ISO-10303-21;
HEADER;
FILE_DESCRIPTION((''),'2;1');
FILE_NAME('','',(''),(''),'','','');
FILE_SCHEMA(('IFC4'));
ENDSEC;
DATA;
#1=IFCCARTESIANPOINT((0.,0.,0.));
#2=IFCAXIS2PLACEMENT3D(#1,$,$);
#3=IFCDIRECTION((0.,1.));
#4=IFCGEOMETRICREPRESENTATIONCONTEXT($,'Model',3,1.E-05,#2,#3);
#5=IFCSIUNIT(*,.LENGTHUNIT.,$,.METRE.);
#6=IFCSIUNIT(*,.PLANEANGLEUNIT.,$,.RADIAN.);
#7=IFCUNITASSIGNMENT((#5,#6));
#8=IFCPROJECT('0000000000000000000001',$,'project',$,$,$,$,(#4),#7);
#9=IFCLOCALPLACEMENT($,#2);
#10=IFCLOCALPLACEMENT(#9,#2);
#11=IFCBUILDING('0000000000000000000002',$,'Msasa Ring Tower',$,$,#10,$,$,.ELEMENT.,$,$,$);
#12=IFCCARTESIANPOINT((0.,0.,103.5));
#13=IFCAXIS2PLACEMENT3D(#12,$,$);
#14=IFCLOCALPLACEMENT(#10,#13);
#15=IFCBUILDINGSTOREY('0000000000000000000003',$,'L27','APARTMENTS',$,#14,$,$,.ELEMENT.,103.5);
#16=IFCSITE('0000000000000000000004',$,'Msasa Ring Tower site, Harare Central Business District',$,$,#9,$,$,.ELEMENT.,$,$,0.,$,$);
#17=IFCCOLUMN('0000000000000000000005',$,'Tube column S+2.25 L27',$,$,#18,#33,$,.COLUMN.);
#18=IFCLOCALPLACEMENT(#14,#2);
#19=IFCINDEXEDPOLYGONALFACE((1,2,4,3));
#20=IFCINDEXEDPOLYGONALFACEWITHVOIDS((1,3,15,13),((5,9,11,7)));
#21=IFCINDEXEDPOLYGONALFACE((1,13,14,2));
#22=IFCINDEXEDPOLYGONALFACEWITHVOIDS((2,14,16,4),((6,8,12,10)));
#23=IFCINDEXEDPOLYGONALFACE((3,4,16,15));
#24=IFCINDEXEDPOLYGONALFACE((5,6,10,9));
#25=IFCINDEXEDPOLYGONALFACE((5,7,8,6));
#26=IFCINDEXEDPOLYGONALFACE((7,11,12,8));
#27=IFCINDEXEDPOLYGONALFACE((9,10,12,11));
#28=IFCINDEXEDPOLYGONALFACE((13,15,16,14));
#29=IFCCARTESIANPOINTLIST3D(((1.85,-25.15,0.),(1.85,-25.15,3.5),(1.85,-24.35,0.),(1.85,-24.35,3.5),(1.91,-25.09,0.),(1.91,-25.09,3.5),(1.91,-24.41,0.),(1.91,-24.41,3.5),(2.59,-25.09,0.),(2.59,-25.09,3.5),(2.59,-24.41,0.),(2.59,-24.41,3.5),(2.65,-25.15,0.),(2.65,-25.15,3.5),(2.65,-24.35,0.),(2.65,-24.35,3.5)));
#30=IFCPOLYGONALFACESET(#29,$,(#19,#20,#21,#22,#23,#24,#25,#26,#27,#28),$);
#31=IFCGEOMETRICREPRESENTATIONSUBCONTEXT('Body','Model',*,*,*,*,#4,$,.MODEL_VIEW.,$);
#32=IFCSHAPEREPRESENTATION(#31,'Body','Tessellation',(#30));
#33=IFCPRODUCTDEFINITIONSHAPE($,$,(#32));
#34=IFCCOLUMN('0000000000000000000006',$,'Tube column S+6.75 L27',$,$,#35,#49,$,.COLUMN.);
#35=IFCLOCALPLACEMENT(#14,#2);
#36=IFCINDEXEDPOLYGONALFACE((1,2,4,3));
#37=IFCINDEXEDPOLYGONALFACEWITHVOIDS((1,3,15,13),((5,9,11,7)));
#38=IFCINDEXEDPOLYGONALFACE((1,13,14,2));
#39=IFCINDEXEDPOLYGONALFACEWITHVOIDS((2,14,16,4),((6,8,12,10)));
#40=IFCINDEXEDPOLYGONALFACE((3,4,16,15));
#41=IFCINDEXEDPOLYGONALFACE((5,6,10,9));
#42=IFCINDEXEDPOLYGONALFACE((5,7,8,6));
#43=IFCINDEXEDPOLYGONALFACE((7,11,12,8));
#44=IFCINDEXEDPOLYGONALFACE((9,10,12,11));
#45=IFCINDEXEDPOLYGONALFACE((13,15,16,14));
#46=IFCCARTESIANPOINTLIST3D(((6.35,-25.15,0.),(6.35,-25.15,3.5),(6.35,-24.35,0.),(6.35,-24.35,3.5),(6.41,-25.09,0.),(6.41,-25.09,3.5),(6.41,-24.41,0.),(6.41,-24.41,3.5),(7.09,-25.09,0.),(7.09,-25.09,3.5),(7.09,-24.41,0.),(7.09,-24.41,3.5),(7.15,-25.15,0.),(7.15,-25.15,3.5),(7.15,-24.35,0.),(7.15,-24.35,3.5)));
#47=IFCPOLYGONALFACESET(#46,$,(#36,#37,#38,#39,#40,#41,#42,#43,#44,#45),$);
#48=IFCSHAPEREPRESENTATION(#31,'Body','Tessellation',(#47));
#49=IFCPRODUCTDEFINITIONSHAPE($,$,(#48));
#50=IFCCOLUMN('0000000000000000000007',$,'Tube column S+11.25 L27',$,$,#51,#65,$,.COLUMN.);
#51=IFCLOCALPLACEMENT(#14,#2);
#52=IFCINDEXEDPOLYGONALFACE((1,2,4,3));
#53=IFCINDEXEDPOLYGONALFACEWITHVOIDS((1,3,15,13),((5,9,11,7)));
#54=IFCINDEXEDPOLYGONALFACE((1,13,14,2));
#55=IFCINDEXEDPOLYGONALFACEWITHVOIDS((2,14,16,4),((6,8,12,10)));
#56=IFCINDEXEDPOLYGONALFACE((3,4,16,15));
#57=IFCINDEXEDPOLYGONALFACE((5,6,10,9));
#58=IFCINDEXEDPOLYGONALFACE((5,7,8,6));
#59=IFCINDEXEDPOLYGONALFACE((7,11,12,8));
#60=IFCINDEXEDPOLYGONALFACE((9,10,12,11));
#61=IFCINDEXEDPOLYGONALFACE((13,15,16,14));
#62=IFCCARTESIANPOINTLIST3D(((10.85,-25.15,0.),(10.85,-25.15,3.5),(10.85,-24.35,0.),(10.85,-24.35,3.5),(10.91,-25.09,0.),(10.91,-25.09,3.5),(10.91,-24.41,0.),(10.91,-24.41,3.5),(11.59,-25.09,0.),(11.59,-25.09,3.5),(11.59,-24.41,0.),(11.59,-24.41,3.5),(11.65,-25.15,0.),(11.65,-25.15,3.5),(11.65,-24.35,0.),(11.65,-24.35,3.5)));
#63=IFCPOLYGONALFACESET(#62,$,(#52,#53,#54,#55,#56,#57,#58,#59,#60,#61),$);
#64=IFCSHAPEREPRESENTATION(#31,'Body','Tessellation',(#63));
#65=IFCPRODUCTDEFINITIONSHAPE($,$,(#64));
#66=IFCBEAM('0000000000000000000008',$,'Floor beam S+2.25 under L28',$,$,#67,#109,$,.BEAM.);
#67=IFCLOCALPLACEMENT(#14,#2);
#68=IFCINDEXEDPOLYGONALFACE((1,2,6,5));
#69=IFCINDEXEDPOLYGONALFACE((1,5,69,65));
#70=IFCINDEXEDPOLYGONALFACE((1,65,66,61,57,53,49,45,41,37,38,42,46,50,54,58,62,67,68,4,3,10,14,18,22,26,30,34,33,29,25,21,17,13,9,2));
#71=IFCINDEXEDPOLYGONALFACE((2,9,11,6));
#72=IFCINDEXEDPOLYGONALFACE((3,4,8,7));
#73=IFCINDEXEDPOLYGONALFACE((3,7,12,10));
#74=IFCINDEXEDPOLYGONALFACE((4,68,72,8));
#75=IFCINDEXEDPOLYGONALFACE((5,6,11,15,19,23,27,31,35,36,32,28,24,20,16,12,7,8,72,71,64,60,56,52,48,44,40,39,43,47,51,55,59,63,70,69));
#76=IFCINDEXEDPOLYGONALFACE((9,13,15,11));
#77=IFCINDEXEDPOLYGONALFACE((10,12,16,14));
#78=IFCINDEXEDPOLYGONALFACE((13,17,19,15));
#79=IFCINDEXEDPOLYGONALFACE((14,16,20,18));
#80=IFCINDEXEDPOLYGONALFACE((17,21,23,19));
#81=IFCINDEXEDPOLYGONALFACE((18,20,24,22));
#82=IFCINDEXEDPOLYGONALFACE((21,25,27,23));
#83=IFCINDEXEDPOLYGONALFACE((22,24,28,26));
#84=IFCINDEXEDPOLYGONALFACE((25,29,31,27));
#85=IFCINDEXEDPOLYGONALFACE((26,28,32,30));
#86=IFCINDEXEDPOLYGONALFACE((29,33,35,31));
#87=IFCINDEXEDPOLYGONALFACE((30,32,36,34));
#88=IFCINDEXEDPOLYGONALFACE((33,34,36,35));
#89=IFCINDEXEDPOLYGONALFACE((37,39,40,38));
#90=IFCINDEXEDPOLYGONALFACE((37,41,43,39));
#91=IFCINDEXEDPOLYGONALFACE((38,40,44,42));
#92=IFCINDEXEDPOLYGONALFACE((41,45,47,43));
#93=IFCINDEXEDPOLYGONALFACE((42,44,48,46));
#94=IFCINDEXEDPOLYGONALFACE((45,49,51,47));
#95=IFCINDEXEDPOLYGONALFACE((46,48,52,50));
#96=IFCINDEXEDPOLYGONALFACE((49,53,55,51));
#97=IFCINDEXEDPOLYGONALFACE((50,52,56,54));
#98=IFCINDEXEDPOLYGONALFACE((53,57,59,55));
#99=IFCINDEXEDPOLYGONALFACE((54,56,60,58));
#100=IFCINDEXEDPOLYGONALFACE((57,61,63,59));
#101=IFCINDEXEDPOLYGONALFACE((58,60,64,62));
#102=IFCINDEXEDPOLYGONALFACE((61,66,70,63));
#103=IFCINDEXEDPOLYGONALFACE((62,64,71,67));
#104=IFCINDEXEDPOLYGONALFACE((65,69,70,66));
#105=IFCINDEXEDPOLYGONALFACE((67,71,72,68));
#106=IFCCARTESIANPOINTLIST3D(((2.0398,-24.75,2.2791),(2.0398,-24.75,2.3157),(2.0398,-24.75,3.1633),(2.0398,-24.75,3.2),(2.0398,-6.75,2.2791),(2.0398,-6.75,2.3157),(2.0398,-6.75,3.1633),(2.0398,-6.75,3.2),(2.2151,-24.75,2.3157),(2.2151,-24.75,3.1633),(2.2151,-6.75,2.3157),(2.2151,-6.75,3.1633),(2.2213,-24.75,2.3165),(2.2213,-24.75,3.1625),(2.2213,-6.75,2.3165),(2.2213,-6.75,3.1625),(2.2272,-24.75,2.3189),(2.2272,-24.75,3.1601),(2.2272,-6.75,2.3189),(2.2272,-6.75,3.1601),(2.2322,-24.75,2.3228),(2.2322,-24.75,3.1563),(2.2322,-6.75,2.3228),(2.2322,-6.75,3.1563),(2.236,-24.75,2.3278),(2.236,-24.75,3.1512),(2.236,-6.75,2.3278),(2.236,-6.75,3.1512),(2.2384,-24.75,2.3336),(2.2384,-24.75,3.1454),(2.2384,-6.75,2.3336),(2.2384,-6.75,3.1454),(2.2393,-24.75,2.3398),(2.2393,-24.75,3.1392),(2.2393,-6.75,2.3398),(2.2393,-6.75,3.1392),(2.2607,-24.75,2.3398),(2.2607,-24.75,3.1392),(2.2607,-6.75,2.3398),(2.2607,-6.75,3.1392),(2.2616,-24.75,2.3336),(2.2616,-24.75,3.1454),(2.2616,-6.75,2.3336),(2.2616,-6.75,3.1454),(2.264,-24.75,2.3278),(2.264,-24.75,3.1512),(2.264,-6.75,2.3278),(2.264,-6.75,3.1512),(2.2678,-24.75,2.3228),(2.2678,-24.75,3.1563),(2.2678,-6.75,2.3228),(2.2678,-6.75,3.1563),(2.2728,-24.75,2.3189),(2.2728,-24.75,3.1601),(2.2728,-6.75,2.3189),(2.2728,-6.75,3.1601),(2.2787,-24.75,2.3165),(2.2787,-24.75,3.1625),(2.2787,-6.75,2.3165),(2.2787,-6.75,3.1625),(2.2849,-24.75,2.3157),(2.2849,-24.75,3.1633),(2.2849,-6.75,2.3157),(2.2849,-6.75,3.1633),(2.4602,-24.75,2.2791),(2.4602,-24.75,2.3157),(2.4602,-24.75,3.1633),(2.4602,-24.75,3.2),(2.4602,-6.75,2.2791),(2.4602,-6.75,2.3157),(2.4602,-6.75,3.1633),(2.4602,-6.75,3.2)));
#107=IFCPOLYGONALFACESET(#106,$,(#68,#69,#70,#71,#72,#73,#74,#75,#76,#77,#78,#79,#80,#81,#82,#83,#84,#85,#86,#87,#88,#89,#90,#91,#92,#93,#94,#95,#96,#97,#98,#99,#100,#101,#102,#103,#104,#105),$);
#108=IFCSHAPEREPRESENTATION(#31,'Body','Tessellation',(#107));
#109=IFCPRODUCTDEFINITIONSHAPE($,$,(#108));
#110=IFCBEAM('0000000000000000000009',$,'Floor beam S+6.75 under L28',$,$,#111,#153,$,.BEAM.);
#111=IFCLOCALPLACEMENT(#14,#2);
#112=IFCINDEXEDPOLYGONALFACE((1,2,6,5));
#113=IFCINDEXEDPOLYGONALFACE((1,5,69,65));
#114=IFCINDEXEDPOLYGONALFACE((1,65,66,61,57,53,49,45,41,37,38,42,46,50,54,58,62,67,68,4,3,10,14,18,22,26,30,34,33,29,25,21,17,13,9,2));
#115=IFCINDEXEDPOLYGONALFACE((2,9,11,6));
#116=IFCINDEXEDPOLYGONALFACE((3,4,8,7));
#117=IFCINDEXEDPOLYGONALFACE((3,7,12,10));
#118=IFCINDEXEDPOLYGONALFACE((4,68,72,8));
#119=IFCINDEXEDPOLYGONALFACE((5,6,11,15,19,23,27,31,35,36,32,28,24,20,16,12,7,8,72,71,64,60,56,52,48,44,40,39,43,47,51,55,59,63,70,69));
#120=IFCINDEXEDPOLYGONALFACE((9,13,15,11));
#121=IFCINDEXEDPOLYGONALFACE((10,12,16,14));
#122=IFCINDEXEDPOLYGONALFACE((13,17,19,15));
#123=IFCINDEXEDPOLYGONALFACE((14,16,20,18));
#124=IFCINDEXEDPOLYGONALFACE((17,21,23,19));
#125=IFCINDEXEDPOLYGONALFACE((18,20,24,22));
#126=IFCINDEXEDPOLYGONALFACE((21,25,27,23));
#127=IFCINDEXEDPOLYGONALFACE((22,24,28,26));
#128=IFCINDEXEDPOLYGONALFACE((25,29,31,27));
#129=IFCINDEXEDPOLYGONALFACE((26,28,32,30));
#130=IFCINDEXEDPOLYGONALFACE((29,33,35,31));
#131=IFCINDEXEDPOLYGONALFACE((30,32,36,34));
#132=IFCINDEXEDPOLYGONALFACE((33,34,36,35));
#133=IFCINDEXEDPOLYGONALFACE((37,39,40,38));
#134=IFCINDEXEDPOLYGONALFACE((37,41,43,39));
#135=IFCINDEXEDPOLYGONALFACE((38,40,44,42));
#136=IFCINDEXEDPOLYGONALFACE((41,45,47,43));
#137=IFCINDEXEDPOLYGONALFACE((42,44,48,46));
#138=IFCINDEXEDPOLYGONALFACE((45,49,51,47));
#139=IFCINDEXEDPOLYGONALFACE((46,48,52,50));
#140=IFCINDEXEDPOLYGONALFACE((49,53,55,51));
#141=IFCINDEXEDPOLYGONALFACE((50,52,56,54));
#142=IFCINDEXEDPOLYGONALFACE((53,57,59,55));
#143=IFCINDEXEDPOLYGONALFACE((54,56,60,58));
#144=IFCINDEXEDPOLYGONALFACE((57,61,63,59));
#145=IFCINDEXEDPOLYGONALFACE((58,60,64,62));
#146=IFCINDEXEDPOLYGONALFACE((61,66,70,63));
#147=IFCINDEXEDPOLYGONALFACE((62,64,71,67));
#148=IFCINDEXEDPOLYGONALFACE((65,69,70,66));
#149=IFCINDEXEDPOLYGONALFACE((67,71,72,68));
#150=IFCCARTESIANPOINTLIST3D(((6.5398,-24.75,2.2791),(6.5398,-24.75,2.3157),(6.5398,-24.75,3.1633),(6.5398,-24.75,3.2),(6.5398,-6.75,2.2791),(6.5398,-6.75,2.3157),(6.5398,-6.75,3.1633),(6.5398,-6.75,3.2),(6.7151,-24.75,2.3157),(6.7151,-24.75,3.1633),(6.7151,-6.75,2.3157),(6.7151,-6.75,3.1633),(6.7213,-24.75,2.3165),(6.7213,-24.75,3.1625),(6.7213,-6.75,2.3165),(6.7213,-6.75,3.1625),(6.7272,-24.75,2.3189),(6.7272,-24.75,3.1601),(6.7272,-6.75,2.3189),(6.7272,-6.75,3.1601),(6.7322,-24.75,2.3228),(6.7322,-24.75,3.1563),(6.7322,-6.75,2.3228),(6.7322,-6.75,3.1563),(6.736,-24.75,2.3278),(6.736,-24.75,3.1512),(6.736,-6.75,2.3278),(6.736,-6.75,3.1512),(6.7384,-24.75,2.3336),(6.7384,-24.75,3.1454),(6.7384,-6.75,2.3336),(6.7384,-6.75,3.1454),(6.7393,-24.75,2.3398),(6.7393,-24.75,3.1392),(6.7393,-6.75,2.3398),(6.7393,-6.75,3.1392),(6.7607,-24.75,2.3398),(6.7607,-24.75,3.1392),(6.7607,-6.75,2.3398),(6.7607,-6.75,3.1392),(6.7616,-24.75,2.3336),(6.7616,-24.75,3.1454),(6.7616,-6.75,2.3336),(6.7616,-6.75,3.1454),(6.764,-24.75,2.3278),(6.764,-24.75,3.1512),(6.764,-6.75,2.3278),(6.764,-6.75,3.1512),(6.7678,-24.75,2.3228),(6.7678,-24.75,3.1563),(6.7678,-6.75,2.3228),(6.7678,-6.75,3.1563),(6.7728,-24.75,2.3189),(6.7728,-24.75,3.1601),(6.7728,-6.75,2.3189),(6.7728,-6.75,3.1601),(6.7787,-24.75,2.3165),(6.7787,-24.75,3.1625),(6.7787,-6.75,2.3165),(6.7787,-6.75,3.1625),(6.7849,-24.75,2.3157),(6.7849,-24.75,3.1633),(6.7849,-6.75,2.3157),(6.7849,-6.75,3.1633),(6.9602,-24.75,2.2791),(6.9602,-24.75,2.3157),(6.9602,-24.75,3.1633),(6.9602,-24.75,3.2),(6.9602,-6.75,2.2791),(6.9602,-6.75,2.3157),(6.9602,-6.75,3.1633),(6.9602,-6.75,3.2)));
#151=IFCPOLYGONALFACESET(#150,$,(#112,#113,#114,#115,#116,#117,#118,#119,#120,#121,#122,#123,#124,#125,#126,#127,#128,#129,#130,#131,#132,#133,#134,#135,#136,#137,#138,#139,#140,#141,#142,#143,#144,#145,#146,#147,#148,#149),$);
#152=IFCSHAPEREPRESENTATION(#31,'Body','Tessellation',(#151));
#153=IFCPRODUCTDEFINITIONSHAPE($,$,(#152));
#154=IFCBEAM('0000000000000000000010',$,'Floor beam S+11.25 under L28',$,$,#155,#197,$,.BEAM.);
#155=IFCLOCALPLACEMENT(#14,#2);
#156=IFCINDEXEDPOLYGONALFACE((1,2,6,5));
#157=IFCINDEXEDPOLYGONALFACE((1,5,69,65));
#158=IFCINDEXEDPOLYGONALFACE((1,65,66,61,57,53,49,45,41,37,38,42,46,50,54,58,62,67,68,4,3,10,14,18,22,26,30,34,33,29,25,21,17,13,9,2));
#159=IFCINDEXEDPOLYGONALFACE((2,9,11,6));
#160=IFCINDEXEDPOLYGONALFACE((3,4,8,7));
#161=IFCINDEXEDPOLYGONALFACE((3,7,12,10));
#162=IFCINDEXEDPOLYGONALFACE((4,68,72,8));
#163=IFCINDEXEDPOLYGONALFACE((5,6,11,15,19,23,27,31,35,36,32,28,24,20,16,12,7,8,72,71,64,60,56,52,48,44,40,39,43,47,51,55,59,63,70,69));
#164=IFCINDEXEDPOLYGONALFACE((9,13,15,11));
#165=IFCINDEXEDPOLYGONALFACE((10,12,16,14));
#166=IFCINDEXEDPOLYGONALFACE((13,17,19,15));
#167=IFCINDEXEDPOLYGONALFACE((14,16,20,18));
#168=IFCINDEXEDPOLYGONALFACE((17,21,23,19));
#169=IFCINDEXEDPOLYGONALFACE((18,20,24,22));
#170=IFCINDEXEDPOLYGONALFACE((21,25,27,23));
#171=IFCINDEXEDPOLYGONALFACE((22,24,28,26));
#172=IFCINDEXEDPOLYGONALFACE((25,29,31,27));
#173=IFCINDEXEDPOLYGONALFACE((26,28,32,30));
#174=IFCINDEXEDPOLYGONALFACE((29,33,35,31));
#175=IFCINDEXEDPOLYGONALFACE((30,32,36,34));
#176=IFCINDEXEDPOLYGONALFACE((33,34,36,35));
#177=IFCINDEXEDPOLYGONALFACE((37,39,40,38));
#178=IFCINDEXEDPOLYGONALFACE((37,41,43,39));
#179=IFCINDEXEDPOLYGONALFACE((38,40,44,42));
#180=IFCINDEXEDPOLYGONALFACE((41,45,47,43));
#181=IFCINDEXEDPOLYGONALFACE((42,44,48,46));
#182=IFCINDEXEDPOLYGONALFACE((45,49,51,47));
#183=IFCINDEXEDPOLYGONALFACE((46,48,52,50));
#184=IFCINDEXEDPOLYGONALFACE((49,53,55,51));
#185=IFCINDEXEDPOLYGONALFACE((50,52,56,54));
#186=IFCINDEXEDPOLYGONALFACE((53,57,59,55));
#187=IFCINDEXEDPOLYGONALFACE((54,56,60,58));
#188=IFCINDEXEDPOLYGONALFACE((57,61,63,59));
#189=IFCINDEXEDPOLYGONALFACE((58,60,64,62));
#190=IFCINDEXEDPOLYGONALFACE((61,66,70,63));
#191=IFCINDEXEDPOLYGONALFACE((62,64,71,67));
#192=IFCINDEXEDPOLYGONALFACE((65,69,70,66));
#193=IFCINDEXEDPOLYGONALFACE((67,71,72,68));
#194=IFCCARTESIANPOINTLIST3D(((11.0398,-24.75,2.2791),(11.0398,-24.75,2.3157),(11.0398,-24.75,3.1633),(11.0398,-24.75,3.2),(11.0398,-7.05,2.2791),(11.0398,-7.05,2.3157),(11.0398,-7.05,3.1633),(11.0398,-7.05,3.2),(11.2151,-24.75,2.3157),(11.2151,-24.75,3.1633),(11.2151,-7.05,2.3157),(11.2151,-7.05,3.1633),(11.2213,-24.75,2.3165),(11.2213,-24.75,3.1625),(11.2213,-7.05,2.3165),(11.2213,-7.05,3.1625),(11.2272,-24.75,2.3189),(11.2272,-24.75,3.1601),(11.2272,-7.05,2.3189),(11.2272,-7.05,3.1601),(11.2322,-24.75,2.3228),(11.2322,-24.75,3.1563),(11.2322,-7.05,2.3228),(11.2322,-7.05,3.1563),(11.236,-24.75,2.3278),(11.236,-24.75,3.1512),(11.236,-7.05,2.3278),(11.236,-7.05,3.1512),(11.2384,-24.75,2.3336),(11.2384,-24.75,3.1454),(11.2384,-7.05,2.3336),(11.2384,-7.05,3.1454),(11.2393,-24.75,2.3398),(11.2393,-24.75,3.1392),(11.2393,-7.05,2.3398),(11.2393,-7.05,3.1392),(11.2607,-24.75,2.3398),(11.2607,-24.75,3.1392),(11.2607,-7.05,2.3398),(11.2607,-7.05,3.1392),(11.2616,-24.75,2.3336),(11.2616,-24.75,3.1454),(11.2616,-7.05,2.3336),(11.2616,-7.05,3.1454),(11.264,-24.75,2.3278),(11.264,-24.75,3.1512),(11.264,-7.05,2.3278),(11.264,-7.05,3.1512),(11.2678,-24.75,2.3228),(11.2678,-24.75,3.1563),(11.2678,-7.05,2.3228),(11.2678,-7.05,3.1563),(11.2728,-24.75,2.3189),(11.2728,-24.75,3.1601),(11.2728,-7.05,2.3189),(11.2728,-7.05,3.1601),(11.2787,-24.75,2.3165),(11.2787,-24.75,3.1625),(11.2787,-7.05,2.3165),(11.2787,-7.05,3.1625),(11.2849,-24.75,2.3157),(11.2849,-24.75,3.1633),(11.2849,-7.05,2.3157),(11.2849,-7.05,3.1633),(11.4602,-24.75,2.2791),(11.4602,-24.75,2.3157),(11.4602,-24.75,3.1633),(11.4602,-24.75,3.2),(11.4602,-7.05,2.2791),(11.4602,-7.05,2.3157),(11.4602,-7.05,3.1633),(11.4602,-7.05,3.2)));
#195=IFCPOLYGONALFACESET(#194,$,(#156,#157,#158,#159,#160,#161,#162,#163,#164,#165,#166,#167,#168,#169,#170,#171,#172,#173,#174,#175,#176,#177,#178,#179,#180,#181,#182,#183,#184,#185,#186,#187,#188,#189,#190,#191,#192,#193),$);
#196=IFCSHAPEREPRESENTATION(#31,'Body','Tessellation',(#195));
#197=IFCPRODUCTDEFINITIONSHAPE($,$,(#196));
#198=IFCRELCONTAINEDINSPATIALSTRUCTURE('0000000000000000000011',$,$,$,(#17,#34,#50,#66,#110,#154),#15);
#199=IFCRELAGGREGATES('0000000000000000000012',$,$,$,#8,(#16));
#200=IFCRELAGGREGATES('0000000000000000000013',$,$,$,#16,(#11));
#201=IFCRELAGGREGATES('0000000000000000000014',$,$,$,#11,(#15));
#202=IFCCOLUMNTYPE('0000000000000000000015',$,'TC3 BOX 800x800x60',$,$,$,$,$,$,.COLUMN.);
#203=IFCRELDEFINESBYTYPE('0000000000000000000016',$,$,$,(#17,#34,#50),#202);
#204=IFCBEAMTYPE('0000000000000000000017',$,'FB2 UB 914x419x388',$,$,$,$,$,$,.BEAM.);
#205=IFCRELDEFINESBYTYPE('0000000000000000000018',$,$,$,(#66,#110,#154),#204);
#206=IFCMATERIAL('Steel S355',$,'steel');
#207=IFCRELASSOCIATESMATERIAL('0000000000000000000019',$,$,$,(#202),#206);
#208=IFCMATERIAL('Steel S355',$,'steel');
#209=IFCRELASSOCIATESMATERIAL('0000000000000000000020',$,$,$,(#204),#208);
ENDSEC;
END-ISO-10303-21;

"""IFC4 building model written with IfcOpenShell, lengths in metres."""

from ifc_helpers import new_model, si_unit, direction, frame, origin, origin_2d, place, context, subcontext, project, spatial, hollow_rectangle, i_section, extrude, material, material_profile, profile_set, type_object, element, save


model = new_model("IFC4")

# Units and contexts
model_context = context("Model", 3, precision=1e-05, world=origin(), true_north=direction((0.0, 1.0)))
body_context = subcontext(model_context, "Body", "Model", "MODEL_VIEW")
ifc_project = project(units=[si_unit("LENGTHUNIT", "METRE"), si_unit("PLANEANGLEUNIT", "RADIAN")], contexts=[model_context])

# Site, building, storey
site_placement = place(None, origin())
site = spatial("IfcSite", under=ifc_project, at=site_placement, Name="Msasa Ring Tower site, Harare Central Business District", CompositionType="ELEMENT", RefElevation=0.0)
building_placement = place(site_placement, origin())
building = spatial("IfcBuilding", under=site, at=building_placement, Name="Msasa Ring Tower", CompositionType="ELEMENT")
storey_placement = place(building_placement, frame((0.0, 0.0, 103.5)))
storey = spatial("IfcBuildingStorey", under=building, at=storey_placement, Name="L27", Description="APARTMENTS", CompositionType="ELEMENT", Elevation=103.5)

# Columns
ifc_material_1 = material(Name="Steel S355", Category="steel")
ifc_material_profile_1 = material_profile(ifc_material_1, hollow_rectangle(XDim=0.8, YDim=0.8, WallThickness=0.0601, at=origin_2d()), Name="BOX 800x800x60")
ifc_profile_set_1 = profile_set([ifc_material_profile_1], Name="Steel S355")
column_type = type_object("IfcColumnType", Name="TC3 BOX 800x800x60", PredefinedType="COLUMN", material=ifc_profile_set_1)
for number, where, z_axis, x_axis, name in (
    (1, (2.25, -24.75, 0.0), (0.0, 0.0, 1.0), (0.0, 1.0, 0.0), "Tube column S+2.25 L27"),
    (2, (6.75, -24.75, 0.0), (0.0, 0.0, 1.0), (0.0, 1.0, 0.0), "Tube column S+6.75 L27"),
    (3, (11.25, -24.75, 0.0), (0.0, 0.0, 1.0), (0.0, 1.0, 0.0), "Tube column S+11.25 L27"),
):
    element("IfcColumn", number, at=place(storey_placement, frame(where, z_axis=z_axis, x_axis=x_axis)), inside=storey, type_object=column_type, Name=name, PredefinedType="COLUMN", context=body_context, shape_type="SweptSolid", body=[
        extrude(hollow_rectangle(XDim=0.8, YDim=0.8, WallThickness=0.0601, at=origin_2d()), origin(), (0.0, 0.0, 1.0), 3.5),
    ])

# Beams
ifc_material_2 = material(Name="Steel S355", Category="steel")
ifc_material_profile_2 = material_profile(ifc_material_2, i_section(OverallWidth=0.4204, OverallDepth=0.9209, WebThickness=0.0215, FlangeThickness=0.0366, FilletRadius=0.0242, at=origin_2d()), Name="UB 914x419x388")
ifc_profile_set_2 = profile_set([ifc_material_profile_2], Name="Steel S355")
beam_type_1 = type_object("IfcBeamType", Name="FB2 UB 914x419x388", PredefinedType="BEAM", material=ifc_profile_set_2)
for number, where, z_axis, x_axis, name in (
    (4, (2.25, -24.75, 2.7395), (0.0, 1.0, 0.0), (-1.0, 0.0, 0.0), "Floor beam S+2.25 under L28"),
    (5, (6.75, -24.75, 2.7395), (0.0, 1.0, 0.0), (-1.0, 0.0, 0.0), "Floor beam S+6.75 under L28"),
):
    element("IfcBeam", number, at=place(storey_placement, frame(where, z_axis=z_axis, x_axis=x_axis)), inside=storey, type_object=beam_type_1, Name=name, PredefinedType="BEAM", context=body_context, shape_type="SweptSolid", body=[
        extrude(i_section(OverallWidth=0.4204, OverallDepth=0.9209, WebThickness=0.0215, FlangeThickness=0.0366, FilletRadius=0.0242, at=origin_2d()), origin(), (0.0, 0.0, 1.0), 18.0),
    ])
beam_placement = place(storey_placement, frame((11.25, -24.75, 2.7395), z_axis=(0.0, 1.0, 0.0), x_axis=(-1.0, 0.0, 0.0)))
element("IfcBeam", 6, at=beam_placement, inside=storey, type_object=beam_type_1, Name="Floor beam S+11.25 under L28", PredefinedType="BEAM", context=body_context, shape_type="SweptSolid", body=[
    extrude(i_section(OverallWidth=0.4204, OverallDepth=0.9209, WebThickness=0.0215, FlangeThickness=0.0366, FilletRadius=0.0242, at=origin_2d()), origin(), (0.0, 0.0, 1.0), 17.7),
])

save(model, "model.ifc")
